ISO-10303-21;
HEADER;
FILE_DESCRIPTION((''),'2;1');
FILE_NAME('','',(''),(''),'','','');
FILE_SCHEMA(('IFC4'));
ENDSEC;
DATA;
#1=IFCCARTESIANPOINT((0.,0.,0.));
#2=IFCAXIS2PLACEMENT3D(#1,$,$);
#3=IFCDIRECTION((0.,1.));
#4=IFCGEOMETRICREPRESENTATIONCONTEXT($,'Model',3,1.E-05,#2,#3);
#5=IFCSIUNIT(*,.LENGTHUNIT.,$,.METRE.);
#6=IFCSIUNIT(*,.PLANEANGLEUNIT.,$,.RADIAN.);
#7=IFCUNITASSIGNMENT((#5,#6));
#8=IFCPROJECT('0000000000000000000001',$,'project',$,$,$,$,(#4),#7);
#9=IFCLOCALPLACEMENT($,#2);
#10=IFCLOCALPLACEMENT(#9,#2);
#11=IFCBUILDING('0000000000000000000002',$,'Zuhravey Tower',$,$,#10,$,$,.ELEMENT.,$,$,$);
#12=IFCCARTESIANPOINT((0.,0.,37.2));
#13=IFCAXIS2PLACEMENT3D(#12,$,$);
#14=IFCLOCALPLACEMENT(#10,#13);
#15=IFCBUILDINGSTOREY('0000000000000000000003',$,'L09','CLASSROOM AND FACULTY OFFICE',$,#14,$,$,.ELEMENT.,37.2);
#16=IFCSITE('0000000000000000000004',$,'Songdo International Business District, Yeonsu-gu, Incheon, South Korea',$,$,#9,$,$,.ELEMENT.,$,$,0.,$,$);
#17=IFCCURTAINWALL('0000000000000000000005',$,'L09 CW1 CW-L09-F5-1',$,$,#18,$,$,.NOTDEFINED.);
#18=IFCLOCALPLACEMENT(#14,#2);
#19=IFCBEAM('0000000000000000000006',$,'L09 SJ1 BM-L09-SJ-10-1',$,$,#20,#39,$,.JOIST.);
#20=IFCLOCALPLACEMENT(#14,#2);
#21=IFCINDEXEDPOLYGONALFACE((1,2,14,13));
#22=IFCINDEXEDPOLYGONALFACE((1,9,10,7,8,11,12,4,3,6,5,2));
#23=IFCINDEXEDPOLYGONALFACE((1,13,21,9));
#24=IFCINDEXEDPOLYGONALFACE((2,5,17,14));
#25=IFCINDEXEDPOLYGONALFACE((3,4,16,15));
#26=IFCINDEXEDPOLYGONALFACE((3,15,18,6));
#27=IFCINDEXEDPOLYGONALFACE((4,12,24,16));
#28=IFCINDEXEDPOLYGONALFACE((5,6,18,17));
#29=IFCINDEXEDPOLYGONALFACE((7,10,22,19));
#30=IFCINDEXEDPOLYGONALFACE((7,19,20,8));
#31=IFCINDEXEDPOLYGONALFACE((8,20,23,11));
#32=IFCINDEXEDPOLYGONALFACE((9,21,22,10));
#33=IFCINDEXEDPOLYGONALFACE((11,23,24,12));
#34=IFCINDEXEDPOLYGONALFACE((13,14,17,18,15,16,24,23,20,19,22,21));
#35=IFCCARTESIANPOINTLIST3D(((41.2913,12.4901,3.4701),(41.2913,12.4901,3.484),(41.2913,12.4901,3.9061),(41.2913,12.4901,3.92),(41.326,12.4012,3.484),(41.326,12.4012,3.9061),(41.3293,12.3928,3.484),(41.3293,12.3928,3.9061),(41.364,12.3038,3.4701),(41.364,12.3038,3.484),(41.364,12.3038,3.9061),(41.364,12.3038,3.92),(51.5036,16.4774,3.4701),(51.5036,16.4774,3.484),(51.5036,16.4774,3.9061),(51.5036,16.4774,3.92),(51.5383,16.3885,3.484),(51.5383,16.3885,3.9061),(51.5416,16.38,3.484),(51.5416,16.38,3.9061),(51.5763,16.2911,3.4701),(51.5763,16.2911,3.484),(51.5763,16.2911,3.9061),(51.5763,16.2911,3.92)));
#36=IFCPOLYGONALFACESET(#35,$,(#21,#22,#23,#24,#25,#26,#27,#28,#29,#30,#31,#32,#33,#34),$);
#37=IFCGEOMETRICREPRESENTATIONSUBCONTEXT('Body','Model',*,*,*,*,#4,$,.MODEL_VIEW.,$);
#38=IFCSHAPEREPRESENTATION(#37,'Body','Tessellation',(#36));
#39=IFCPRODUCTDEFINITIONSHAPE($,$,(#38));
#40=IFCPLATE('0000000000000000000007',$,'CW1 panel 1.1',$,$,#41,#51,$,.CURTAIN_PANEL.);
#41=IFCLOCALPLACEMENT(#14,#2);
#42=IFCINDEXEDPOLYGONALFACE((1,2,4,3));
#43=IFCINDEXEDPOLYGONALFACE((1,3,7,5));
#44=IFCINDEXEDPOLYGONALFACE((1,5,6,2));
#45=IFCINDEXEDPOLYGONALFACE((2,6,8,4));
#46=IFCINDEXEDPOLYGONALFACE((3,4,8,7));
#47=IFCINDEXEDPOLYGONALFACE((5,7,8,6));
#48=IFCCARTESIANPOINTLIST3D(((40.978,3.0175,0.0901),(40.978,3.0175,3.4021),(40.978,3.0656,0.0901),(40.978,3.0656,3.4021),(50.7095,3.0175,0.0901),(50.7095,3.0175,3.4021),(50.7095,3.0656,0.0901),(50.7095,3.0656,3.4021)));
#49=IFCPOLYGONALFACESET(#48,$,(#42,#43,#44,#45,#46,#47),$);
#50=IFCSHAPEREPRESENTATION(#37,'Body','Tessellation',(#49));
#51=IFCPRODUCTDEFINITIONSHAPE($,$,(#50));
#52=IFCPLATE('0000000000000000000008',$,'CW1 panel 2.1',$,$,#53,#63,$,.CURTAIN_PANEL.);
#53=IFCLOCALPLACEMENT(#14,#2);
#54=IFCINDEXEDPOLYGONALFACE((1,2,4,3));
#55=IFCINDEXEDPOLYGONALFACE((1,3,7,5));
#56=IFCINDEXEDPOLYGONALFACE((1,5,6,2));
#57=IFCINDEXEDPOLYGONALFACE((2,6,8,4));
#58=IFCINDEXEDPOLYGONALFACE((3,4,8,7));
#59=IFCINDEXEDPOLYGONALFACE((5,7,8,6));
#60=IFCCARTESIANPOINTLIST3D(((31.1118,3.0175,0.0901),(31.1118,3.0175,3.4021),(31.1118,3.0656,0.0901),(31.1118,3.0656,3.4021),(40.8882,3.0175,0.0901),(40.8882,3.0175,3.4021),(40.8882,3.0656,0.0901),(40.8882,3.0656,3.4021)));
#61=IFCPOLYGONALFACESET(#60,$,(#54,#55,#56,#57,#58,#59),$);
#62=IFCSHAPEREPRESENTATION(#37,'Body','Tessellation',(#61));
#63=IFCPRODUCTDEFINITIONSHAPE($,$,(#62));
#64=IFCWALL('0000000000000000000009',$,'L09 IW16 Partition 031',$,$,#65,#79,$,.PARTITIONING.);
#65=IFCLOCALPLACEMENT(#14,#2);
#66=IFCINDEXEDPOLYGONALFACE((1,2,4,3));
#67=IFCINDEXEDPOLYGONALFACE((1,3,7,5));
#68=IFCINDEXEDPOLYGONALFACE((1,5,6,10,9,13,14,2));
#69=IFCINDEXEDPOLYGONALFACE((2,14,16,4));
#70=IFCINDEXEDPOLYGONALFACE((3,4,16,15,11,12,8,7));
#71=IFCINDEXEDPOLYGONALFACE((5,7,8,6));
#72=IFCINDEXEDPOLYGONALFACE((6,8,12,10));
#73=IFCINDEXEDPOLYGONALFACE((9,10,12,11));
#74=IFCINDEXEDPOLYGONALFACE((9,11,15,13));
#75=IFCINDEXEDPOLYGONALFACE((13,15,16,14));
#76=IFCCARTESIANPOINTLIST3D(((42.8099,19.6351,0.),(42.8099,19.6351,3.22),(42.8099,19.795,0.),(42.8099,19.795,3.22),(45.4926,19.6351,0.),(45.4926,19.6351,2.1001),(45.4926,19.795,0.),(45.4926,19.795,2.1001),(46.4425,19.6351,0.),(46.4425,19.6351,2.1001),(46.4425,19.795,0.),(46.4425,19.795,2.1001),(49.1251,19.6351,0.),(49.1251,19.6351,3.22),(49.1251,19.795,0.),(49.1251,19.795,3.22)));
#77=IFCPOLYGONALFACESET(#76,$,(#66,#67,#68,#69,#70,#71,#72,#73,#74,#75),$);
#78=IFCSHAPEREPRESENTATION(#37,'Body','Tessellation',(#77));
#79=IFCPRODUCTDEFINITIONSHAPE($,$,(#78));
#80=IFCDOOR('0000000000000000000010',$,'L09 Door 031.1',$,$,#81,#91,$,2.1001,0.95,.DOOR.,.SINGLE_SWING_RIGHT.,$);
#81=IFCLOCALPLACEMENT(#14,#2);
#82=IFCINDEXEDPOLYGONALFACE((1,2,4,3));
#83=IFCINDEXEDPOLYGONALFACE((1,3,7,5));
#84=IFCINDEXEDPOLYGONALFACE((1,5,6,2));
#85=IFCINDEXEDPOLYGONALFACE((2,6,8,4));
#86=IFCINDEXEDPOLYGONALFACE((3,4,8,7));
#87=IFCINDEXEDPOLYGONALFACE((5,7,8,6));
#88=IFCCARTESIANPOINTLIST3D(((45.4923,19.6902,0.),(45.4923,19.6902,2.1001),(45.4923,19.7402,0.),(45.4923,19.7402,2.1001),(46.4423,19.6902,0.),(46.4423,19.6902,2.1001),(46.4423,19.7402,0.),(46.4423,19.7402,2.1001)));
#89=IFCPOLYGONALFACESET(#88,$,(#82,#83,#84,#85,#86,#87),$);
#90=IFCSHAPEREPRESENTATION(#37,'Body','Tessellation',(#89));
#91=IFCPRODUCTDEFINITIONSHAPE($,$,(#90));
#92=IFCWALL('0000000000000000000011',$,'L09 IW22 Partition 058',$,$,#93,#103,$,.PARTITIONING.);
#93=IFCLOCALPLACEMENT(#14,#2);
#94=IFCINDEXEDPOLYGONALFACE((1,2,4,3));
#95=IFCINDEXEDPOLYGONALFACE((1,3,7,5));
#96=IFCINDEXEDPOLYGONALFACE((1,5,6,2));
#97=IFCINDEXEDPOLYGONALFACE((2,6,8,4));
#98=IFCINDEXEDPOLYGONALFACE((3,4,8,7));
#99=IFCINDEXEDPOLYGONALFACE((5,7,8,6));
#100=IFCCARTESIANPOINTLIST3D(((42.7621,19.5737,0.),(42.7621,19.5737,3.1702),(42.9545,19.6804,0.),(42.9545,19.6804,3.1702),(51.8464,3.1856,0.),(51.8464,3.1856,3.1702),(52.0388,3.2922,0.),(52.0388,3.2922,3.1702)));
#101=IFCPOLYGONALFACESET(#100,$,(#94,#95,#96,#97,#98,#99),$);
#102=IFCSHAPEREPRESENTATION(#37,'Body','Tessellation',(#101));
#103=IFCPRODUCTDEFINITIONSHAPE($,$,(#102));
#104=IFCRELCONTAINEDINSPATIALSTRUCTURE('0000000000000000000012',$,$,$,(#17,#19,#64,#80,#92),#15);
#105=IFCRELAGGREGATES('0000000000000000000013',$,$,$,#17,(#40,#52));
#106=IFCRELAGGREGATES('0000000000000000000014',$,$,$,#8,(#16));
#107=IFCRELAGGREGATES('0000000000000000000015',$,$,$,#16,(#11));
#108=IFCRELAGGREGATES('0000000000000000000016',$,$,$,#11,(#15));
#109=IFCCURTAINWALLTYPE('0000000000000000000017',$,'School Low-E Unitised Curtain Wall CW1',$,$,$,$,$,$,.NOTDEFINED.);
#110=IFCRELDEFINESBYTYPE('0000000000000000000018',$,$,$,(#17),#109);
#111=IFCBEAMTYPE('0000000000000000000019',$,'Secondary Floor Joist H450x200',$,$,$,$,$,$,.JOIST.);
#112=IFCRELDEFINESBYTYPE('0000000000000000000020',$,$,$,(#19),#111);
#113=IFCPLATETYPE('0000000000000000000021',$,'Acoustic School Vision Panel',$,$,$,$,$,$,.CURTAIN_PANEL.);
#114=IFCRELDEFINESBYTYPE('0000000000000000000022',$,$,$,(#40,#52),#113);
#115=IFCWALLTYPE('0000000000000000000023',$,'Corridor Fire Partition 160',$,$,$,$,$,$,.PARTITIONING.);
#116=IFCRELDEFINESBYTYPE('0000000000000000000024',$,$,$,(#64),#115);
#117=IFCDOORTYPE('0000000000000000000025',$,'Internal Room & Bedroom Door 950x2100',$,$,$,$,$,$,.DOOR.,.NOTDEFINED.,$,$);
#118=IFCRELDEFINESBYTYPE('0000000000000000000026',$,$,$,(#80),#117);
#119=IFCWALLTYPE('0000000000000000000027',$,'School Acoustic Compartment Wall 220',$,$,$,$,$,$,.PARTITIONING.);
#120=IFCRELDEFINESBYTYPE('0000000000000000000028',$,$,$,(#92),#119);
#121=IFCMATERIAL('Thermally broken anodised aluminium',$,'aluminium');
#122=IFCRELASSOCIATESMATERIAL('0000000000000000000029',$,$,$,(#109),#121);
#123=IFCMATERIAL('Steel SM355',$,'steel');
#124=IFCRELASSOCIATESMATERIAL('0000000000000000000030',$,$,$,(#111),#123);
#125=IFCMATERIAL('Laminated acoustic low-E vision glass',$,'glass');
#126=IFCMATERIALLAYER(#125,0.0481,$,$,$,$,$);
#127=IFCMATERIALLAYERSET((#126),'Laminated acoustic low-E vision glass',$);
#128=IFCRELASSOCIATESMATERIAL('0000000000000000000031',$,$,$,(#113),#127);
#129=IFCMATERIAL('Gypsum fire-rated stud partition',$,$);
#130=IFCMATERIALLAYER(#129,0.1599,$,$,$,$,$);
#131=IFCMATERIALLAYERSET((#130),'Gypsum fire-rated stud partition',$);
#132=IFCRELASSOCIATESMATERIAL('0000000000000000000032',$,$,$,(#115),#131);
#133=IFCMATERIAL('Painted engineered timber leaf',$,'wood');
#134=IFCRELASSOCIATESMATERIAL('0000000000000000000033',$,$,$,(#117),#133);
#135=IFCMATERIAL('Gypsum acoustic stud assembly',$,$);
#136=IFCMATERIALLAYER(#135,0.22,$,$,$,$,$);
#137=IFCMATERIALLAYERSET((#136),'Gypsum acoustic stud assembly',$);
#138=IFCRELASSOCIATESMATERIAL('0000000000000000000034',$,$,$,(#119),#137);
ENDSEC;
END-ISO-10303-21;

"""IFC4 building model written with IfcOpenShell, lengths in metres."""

from ifc_helpers import new_model, si_unit, direction, frame, frame_2d, origin, origin_2d, place, context, subcontext, project, spatial, rectangle, i_section, extrude, material, layer, layer_set, material_profile, profile_set, type_object, element, fill, aggregate, save


model = new_model("IFC4")

# Units and contexts
model_context = context("Model", 3, precision=1e-05, world=origin(), true_north=direction((0.0, 1.0)))
body_context = subcontext(model_context, "Body", "Model", "MODEL_VIEW")
ifc_project = project(units=[si_unit("LENGTHUNIT", "METRE"), si_unit("PLANEANGLEUNIT", "RADIAN")], contexts=[model_context])

# Site, building, storey
site_placement = place(None, origin())
site = spatial("IfcSite", under=ifc_project, at=site_placement, Name="Songdo International Business District, Yeonsu-gu, Incheon, South Korea", CompositionType="ELEMENT", RefElevation=0.0)
building_placement = place(site_placement, origin())
building = spatial("IfcBuilding", under=site, at=building_placement, Name="Zuhravey Tower", CompositionType="ELEMENT")
storey_placement = place(building_placement, frame((0.0, 0.0, 37.2)))
storey = spatial("IfcBuildingStorey", under=building, at=storey_placement, Name="L09", Description="CLASSROOM AND FACULTY OFFICE", CompositionType="ELEMENT", Elevation=37.2)

# Curtain wall
ifc_material_1 = material(Name="Thermally broken anodised aluminium", Category="aluminium")
curtain_wall_type = type_object("IfcCurtainWallType", Name="School Low-E Unitised Curtain Wall CW1", PredefinedType="NOTDEFINED", material=ifc_material_1)
curtain_wall_placement = place(storey_placement, origin())
curtain_wall = element("IfcCurtainWall", 1, at=curtain_wall_placement, inside=storey, type_object=curtain_wall_type, Name="L09 CW1 CW-L09-F5-1", PredefinedType="NOTDEFINED")

# Beam
ifc_material_2 = material(Name="Steel SM355", Category="steel")
ifc_material_profile_1 = material_profile(ifc_material_2, i_section(OverallWidth=0.2, OverallDepth=0.45, WebThickness=0.009, FlangeThickness=0.0139, at=origin_2d()), Name="H-450x200x9x14")
ifc_profile_set_1 = profile_set([ifc_material_profile_1], Name="Steel SM355")
beam_type_1 = type_object("IfcBeamType", Name="Secondary Floor Joist H450x200", PredefinedType="JOIST", material=ifc_profile_set_1)
beam_1_placement = place(storey_placement, frame((41.3276, 12.397, 3.6951), z_axis=(0.931517, 0.363699, 0.0), x_axis=(-0.363699, 0.931517, 0.0)))
element("IfcBeam", 2, at=beam_1_placement, inside=storey, type_object=beam_type_1, Name="L09 SJ1 BM-L09-SJ-10-1", PredefinedType="JOIST", context=body_context, shape_type="SweptSolid", body=[
    extrude(i_section(OverallWidth=0.2, OverallDepth=0.45, WebThickness=0.009, FlangeThickness=0.0139, at=origin_2d()), origin(), (0.0, 0.0, 1.0), 10.9631),
])

# Plates
ifc_material_3 = material(Name="Laminated acoustic low-E vision glass", Category="glass")
ifc_layer_1 = layer(ifc_material_3, 0.0481)
ifc_layer_set_1 = layer_set([ifc_layer_1], Name="Laminated acoustic low-E vision glass")
plate_type = type_object("IfcPlateType", Name="Acoustic School Vision Panel", PredefinedType="CURTAIN_PANEL", material=ifc_layer_set_1)
plate_1_placement = place(storey_placement, frame((45.8438, 3.0415, 0.0901), z_axis=(0.0, 0.0, 1.0), x_axis=(-1.0, 0.0, 0.0)))
plate_1 = element("IfcPlate", 3, at=plate_1_placement, type_object=plate_type, Name="CW1 panel 1.1", PredefinedType="CURTAIN_PANEL", context=body_context, shape_type="SweptSolid", body=[
    extrude(rectangle(XDim=9.7314, YDim=0.0481, at=origin_2d()), origin(), (0.0, 0.0, 1.0), 3.312),
])
plate_2_placement = place(storey_placement, frame((36.0, 3.0415, 0.0901), z_axis=(0.0, 0.0, 1.0), x_axis=(-1.0, 0.0, 0.0)))
plate_2 = element("IfcPlate", 4, at=plate_2_placement, type_object=plate_type, Name="CW1 panel 2.1", PredefinedType="CURTAIN_PANEL", context=body_context, shape_type="SweptSolid", body=[
    extrude(rectangle(XDim=9.7764, YDim=0.0481, at=origin_2d()), origin(), (0.0, 0.0, 1.0), 3.312),
])
aggregate(curtain_wall, [plate_1, plate_2])

# Wall, opening, door
ifc_material_4 = material(Name="Gypsum fire-rated stud partition")
ifc_layer_2 = layer(ifc_material_4, 0.1599)
ifc_layer_set_2 = layer_set([ifc_layer_2], Name="Gypsum fire-rated stud partition")
wall_type_1 = type_object("IfcWallType", Name="Corridor Fire Partition 160", PredefinedType="PARTITIONING", material=ifc_layer_set_2)
wall_1_placement = place(storey_placement, frame((42.8098, 19.7151, 0.0), z_axis=(0.0, 0.0, 1.0), x_axis=(1.0, 0.0, 0.0)))
wall_1 = element("IfcWall", 5, at=wall_1_placement, inside=storey, type_object=wall_type_1, Name="L09 IW16 Partition 031", PredefinedType="PARTITIONING", context=body_context, shape_type="SweptSolid", body=[
    extrude(rectangle(XDim=6.3152, YDim=0.1599, at=frame_2d((3.1577, 0.0))), origin(), (0.0, 0.0, 1.0), 3.22),
])
opening_1_placement = place(wall_1_placement, frame((2.6826, 0.0, 0.0)))
opening_1 = element("IfcOpeningElement", 6, at=opening_1_placement, cuts=wall_1, PredefinedType="OPENING", context=body_context, shape_type="SweptSolid", body=[
    extrude(rectangle(XDim=0.95, YDim=2.1001, at=frame_2d((0.4751, 1.05))), frame((0.0, 0.092, 0.0), z_axis=(0.0, -1.0, 0.0), x_axis=(1.0, 0.0, 0.0)), (0.0, 0.0, 1.0), 0.1838),
])
ifc_material_5 = material(Name="Painted engineered timber leaf", Category="wood")
door_type_1 = type_object("IfcDoorType", Name="Internal Room & Bedroom Door 950x2100", OperationType="NOTDEFINED", PredefinedType="DOOR", material=ifc_material_5)
door_1_placement = place(opening_1_placement, frame((0.95, 0.0, 0.0), z_axis=(0.0, 0.0, 1.0), x_axis=(-1.0, 0.0, 0.0)))
door_1 = element("IfcDoor", 7, at=door_1_placement, inside=storey, type_object=door_type_1, Name="L09 Door 031.1", OperationType="SINGLE_SWING_RIGHT", OverallHeight=2.1001, OverallWidth=0.95, PredefinedType="DOOR", context=body_context, shape_type="SweptSolid", body=[
    extrude(rectangle(XDim=0.95, YDim=2.1001, at=frame_2d((0.4751, 1.05))), frame((0.0, 0.0249, 0.0), z_axis=(0.0, -1.0, 0.0), x_axis=(1.0, 0.0, 0.0)), (0.0, 0.0, 1.0), 0.05),
])
fill(opening_1, door_1)

# Wall
ifc_material_6 = material(Name="Gypsum acoustic stud assembly")
ifc_layer_3 = layer(ifc_material_6, 0.22)
ifc_layer_set_3 = layer_set([ifc_layer_3], Name="Gypsum acoustic stud assembly")
wall_type_2 = type_object("IfcWallType", Name="School Acoustic Compartment Wall 220", PredefinedType="PARTITIONING", material=ifc_layer_set_3)
wall_2_placement = place(storey_placement, frame((42.8584, 19.627, 0.0), z_axis=(0.0, 0.0, 1.0), x_axis=(0.484814, -0.874617, 0.0)))
element("IfcWall", 8, at=wall_2_placement, inside=storey, type_object=wall_type_2, Name="L09 IW22 Partition 058", PredefinedType="PARTITIONING", context=body_context, shape_type="SweptSolid", body=[
    extrude(rectangle(XDim=18.7375, YDim=0.22, at=frame_2d((9.3687, 0.0))), origin(), (0.0, 0.0, 1.0), 3.1702),
])

save(model, "model.ifc")
